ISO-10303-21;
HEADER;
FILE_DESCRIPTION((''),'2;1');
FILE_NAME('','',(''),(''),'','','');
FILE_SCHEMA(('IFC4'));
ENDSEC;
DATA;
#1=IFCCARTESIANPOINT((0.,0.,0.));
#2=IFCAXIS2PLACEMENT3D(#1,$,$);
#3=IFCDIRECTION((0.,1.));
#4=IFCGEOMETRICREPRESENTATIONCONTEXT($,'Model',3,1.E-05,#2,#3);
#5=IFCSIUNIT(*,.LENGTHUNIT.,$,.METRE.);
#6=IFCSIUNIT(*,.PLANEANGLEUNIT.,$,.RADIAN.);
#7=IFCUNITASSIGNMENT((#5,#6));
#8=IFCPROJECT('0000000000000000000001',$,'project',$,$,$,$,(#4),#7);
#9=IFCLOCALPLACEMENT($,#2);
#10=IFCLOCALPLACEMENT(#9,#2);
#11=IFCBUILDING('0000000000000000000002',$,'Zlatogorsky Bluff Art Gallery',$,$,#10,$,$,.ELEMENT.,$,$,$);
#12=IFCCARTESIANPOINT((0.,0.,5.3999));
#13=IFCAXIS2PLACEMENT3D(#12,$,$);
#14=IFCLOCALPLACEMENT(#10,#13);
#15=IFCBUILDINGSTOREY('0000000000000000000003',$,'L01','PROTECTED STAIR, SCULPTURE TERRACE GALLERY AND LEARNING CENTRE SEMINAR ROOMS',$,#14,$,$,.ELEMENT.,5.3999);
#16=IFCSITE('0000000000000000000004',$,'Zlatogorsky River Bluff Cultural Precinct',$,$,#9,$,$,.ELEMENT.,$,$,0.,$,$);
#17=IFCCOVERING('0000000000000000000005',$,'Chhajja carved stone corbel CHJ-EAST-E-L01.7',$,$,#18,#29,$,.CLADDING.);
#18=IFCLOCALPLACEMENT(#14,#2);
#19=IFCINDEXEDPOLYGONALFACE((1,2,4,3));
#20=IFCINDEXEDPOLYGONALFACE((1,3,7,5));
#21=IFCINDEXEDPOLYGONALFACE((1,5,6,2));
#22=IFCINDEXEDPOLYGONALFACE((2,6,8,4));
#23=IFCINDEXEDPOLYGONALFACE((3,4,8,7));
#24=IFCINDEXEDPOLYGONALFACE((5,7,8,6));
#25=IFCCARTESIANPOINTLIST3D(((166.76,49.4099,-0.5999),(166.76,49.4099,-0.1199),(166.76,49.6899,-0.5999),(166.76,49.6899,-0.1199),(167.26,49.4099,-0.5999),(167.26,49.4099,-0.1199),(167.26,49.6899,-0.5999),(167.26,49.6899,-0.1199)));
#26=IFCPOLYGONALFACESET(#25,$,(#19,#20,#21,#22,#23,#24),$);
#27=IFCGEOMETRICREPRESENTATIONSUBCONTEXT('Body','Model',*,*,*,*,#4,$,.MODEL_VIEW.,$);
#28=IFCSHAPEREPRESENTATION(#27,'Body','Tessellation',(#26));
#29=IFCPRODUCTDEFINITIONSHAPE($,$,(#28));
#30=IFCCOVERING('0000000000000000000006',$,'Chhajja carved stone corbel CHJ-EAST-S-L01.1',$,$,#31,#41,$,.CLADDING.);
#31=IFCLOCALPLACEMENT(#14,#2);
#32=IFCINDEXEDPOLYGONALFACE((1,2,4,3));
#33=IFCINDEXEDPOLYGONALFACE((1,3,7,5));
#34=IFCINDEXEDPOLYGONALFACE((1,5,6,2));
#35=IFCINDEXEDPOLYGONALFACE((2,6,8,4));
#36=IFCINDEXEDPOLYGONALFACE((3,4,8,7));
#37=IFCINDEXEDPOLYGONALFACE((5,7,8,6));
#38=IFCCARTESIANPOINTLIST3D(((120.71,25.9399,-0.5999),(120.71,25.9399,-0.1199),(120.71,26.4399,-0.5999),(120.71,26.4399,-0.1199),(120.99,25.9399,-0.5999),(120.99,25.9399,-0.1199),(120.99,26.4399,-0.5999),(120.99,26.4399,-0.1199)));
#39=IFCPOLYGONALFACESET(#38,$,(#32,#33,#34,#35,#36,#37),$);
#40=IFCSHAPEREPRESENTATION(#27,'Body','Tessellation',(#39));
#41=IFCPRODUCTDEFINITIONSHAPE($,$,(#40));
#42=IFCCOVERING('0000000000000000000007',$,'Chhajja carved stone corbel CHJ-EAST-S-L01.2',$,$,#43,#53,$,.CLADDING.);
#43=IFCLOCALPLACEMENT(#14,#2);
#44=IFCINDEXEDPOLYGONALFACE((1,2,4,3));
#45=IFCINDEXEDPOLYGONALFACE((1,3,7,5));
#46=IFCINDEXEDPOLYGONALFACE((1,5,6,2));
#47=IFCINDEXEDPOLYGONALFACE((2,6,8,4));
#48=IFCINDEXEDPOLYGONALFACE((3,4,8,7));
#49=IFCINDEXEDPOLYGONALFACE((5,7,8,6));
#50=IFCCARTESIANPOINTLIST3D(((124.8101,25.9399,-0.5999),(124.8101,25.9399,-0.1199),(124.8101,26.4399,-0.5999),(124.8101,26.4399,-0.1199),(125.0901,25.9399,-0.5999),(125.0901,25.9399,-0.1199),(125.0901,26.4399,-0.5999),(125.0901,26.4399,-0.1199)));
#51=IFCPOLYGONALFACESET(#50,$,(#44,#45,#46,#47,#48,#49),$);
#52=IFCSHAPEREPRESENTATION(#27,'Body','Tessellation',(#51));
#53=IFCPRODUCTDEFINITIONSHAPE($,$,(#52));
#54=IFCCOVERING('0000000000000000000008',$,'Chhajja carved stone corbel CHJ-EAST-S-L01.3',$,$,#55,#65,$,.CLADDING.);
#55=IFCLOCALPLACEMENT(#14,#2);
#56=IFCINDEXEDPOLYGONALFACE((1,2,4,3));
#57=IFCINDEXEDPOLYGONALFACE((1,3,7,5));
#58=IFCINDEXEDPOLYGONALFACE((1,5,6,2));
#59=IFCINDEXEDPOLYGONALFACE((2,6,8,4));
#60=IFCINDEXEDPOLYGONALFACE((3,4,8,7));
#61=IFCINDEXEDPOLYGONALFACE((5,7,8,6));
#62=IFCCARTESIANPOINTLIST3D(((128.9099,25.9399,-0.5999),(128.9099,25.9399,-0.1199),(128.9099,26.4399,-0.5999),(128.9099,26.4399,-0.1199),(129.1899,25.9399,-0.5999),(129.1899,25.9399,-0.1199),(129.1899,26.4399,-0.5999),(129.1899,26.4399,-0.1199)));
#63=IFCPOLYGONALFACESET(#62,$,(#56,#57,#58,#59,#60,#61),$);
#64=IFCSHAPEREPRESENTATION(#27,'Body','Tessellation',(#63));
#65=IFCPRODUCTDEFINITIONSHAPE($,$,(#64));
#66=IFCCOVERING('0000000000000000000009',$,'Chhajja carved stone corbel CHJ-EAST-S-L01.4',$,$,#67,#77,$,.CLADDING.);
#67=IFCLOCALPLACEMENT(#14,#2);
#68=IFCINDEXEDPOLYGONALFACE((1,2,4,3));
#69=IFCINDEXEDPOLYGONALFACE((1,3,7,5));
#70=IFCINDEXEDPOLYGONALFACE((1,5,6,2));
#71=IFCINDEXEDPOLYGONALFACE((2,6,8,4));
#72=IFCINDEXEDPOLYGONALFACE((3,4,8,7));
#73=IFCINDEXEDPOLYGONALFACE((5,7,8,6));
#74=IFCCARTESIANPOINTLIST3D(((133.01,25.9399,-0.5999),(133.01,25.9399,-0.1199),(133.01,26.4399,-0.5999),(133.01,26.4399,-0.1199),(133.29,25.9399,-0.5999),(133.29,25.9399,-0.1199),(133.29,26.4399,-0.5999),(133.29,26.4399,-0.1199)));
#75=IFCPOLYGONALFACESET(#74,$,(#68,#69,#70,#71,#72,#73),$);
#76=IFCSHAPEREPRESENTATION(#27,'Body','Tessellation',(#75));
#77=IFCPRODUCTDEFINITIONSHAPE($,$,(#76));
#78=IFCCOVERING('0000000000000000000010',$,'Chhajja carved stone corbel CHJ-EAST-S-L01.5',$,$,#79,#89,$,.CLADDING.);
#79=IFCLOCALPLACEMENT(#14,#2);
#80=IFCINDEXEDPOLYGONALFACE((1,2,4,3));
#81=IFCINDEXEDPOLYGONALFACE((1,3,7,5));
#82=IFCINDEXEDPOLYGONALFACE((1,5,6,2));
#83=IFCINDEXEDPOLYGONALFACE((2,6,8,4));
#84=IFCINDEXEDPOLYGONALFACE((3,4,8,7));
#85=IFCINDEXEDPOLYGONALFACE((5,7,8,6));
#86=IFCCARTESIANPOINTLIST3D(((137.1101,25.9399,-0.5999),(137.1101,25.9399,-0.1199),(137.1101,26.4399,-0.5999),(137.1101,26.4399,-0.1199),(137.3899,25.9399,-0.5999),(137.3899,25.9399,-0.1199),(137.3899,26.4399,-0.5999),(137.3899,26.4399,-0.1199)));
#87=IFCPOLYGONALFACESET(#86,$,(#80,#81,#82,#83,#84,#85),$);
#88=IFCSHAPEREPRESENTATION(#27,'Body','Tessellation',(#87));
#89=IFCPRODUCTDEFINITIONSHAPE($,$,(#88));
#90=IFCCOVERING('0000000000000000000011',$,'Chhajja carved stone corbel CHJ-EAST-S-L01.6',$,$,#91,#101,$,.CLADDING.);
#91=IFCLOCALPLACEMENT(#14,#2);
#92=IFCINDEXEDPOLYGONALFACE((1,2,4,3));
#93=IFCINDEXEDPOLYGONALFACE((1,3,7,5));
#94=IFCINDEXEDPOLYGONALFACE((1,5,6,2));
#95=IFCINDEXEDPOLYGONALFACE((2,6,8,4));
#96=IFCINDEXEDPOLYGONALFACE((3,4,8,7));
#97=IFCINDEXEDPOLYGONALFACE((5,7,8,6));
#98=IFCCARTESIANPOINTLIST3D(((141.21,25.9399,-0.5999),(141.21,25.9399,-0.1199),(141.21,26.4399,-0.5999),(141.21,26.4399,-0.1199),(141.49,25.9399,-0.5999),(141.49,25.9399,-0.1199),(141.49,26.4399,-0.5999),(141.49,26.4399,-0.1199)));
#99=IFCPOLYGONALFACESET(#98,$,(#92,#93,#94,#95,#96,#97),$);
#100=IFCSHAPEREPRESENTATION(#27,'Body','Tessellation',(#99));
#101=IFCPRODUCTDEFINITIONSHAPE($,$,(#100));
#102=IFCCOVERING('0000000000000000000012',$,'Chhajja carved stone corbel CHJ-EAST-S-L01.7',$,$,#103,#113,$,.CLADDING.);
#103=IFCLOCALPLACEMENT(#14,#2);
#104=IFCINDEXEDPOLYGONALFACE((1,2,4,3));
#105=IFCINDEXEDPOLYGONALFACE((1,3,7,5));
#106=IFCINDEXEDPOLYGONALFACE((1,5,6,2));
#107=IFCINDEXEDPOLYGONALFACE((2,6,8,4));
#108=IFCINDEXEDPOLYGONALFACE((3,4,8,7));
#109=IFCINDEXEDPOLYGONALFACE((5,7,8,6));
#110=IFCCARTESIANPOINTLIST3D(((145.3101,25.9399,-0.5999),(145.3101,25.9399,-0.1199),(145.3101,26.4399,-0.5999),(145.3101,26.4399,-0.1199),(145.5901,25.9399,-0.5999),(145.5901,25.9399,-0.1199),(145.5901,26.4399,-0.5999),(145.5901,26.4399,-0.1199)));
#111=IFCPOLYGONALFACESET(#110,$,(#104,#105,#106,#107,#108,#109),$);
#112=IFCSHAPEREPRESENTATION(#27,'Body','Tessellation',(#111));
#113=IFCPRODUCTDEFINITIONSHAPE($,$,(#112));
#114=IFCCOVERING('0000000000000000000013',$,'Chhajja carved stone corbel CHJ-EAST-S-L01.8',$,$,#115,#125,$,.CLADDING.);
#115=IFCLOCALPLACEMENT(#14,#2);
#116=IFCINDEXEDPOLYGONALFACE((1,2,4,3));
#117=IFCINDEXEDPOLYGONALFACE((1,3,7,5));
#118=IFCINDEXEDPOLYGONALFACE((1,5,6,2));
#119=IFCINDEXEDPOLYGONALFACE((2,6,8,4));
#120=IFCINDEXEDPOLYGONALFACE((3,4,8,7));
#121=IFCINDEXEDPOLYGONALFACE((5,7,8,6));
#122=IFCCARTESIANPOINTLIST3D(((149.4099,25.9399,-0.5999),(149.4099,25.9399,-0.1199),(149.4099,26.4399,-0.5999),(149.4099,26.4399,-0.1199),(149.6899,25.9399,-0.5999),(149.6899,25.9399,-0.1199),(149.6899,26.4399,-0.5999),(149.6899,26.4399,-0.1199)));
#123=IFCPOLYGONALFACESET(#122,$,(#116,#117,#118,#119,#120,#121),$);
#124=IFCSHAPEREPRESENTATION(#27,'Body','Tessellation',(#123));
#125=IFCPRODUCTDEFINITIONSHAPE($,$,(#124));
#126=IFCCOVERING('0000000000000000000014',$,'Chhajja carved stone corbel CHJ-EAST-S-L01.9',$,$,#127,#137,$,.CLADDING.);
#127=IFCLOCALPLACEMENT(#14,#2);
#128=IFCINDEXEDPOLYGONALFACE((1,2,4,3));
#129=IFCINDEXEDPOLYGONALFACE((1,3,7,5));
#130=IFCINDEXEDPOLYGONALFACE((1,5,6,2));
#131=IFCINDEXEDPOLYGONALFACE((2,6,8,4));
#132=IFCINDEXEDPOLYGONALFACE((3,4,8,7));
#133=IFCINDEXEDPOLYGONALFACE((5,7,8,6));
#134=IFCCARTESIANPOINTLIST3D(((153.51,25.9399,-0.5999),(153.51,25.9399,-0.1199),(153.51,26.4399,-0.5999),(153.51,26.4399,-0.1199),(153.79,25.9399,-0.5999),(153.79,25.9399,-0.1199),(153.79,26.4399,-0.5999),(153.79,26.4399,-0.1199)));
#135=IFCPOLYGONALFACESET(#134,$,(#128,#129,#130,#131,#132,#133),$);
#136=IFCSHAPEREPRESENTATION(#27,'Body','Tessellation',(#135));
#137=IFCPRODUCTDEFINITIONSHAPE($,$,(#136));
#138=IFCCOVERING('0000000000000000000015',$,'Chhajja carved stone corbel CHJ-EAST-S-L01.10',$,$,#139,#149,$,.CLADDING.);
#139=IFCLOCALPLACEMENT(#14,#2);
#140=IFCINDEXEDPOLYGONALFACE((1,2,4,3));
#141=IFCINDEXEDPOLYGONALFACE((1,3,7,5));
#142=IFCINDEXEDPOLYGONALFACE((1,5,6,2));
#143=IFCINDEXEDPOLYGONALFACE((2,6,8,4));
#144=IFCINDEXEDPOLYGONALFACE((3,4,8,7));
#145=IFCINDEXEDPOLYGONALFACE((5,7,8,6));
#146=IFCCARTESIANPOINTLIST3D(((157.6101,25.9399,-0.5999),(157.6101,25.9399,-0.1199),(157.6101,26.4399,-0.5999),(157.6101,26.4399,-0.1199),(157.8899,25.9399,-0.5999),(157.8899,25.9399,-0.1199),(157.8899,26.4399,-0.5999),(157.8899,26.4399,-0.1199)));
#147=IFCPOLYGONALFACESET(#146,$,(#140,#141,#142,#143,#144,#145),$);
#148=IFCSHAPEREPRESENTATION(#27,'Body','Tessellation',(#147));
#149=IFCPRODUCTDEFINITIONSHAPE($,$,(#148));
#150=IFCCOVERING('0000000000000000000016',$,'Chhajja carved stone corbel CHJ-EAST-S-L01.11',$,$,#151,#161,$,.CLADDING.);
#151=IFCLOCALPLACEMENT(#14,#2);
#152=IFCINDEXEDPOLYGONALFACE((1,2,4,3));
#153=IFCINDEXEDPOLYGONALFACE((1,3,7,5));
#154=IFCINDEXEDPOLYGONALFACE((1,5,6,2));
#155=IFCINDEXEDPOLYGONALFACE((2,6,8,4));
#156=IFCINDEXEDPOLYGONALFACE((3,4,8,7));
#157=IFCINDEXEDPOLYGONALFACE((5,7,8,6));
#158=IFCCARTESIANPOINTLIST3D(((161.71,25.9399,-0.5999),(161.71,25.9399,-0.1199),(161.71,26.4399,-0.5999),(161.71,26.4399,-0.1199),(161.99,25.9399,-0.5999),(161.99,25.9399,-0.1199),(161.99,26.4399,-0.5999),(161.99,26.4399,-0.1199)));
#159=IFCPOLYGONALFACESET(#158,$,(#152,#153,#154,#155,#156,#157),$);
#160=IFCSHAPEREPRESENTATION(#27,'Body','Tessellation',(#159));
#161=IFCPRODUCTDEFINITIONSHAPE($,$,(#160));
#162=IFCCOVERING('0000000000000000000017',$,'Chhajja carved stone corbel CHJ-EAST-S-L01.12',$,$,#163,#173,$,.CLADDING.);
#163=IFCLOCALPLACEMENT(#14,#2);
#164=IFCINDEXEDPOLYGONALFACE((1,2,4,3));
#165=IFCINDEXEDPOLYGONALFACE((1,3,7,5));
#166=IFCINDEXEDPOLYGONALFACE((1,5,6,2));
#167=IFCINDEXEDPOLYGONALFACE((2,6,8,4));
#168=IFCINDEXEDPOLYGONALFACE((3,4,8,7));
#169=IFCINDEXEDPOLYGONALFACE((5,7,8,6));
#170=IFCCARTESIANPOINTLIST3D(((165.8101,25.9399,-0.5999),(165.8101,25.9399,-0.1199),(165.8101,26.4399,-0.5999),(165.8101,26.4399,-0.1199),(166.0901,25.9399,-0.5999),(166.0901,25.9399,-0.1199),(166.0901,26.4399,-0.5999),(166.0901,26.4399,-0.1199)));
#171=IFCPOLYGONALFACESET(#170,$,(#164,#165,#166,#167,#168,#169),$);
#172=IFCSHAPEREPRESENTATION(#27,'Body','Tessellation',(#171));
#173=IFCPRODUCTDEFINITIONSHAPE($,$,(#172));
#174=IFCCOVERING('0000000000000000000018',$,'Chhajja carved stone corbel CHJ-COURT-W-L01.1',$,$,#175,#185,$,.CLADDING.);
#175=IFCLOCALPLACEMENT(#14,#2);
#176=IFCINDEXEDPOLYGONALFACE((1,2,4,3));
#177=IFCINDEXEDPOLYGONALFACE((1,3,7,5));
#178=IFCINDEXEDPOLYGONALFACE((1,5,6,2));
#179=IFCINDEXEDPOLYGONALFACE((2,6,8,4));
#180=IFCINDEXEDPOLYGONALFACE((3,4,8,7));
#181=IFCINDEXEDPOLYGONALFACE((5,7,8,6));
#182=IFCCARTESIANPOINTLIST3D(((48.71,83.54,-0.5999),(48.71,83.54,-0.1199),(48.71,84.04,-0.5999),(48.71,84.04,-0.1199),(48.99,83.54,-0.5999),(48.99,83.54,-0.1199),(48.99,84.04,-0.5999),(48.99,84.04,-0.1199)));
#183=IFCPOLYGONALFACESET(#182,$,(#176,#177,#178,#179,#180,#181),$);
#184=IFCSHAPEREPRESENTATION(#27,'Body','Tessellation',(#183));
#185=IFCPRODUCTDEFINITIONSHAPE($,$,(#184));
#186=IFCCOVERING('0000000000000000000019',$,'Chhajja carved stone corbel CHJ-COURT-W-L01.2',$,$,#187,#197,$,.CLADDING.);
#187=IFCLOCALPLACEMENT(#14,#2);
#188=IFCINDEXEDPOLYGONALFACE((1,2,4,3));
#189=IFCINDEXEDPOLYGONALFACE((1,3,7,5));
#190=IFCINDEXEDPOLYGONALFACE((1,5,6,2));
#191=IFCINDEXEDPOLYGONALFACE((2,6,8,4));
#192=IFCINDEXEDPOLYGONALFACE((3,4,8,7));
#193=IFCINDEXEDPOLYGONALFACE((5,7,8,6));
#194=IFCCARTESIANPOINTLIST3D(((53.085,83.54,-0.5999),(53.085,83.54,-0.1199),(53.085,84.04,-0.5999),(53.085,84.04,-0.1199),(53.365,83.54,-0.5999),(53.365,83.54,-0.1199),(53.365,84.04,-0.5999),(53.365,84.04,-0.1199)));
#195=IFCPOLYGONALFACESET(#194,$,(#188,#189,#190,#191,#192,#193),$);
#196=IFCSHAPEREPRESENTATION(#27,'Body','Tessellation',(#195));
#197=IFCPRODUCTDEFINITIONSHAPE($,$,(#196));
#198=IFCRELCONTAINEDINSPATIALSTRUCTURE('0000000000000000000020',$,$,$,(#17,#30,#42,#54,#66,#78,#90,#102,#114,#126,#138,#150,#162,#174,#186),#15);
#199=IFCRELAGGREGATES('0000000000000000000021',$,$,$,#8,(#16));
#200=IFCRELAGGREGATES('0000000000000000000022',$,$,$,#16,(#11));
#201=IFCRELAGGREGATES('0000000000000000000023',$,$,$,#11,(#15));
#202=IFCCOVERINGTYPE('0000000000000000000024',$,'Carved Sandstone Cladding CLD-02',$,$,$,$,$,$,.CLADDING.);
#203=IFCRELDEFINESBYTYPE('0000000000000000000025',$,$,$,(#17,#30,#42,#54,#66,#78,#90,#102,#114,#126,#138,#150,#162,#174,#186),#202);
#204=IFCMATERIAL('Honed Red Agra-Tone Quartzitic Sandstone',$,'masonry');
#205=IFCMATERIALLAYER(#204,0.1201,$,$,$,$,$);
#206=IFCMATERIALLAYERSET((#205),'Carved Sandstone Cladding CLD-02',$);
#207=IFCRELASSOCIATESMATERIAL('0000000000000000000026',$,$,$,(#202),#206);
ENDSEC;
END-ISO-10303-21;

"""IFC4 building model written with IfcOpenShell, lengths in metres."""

from ifc_helpers import new_model, si_unit, direction, frame, origin, place, context, subcontext, project, spatial, polyline, outline, extrude, material, layer, layer_set, type_object, element, save


model = new_model("IFC4")

# Units and contexts
model_context = context("Model", 3, precision=1e-05, world=origin(), true_north=direction((0.0, 1.0)))
body_context = subcontext(model_context, "Body", "Model", "MODEL_VIEW")
ifc_project = project(units=[si_unit("LENGTHUNIT", "METRE"), si_unit("PLANEANGLEUNIT", "RADIAN")], contexts=[model_context])

# Site, building, storey
site_placement = place(None, origin())
site = spatial("IfcSite", under=ifc_project, at=site_placement, Name="Zlatogorsky River Bluff Cultural Precinct", CompositionType="ELEMENT", RefElevation=0.0)
building_placement = place(site_placement, origin())
building = spatial("IfcBuilding", under=site, at=building_placement, Name="Zlatogorsky Bluff Art Gallery", CompositionType="ELEMENT")
storey_placement = place(building_placement, frame((0.0, 0.0, 5.3999)))
storey = spatial("IfcBuildingStorey", under=building, at=storey_placement, Name="L01", Description="PROTECTED STAIR, SCULPTURE TERRACE GALLERY AND LEARNING CENTRE SEMINAR ROOMS", CompositionType="ELEMENT", Elevation=5.3999)

# Coverings
ifc_material = material(Name="Honed Red Agra-Tone Quartzitic Sandstone", Category="masonry")
ifc_layer = layer(ifc_material, 0.1201)
ifc_layer_set = layer_set([ifc_layer], Name="Carved Sandstone Cladding CLD-02")
covering_type = type_object("IfcCoveringType", Name="Carved Sandstone Cladding CLD-02", PredefinedType="CLADDING", material=ifc_layer_set)
covering_1_placement = place(storey_placement, frame((0.0, 0.0, -0.5999)))
element("IfcCovering", 1, at=covering_1_placement, inside=storey, type_object=covering_type, Name="Chhajja carved stone corbel CHJ-EAST-E-L01.7", PredefinedType="CLADDING", context=body_context, shape_type="SweptSolid", body=[
    extrude(outline(polyline([(166.76, 49.4099), (166.76, 49.6899), (167.26, 49.6899), (167.26, 49.4099), (166.76, 49.4099)])), origin(), (0.0, 0.0, 1.0), 0.48),
])
covering_2_placement = place(storey_placement, frame((0.0, 0.0, -0.5999)))
element("IfcCovering", 2, at=covering_2_placement, inside=storey, type_object=covering_type, Name="Chhajja carved stone corbel CHJ-EAST-S-L01.1", PredefinedType="CLADDING", context=body_context, shape_type="SweptSolid", body=[
    extrude(outline(polyline([(120.71, 25.9399), (120.99, 25.9399), (120.99, 26.4399), (120.71, 26.4399), (120.71, 25.9399)])), origin(), (0.0, 0.0, 1.0), 0.48),
])
covering_3_placement = place(storey_placement, frame((0.0, 0.0, -0.5999)))
element("IfcCovering", 3, at=covering_3_placement, inside=storey, type_object=covering_type, Name="Chhajja carved stone corbel CHJ-EAST-S-L01.2", PredefinedType="CLADDING", context=body_context, shape_type="SweptSolid", body=[
    extrude(outline(polyline([(124.8101, 25.9399), (125.0901, 25.9399), (125.0901, 26.4399), (124.8101, 26.4399), (124.8101, 25.9399)])), origin(), (0.0, 0.0, 1.0), 0.48),
])
covering_4_placement = place(storey_placement, frame((0.0, 0.0, -0.5999)))
element("IfcCovering", 4, at=covering_4_placement, inside=storey, type_object=covering_type, Name="Chhajja carved stone corbel CHJ-EAST-S-L01.3", PredefinedType="CLADDING", context=body_context, shape_type="SweptSolid", body=[
    extrude(outline(polyline([(128.9099, 25.9399), (129.1899, 25.9399), (129.1899, 26.4399), (128.9099, 26.4399), (128.9099, 25.9399)])), origin(), (0.0, 0.0, 1.0), 0.48),
])
covering_5_placement = place(storey_placement, frame((0.0, 0.0, -0.5999)))
element("IfcCovering", 5, at=covering_5_placement, inside=storey, type_object=covering_type, Name="Chhajja carved stone corbel CHJ-EAST-S-L01.4", PredefinedType="CLADDING", context=body_context, shape_type="SweptSolid", body=[
    extrude(outline(polyline([(133.01, 25.9399), (133.29, 25.9399), (133.29, 26.4399), (133.01, 26.4399), (133.01, 25.9399)])), origin(), (0.0, 0.0, 1.0), 0.48),
])
covering_6_placement = place(storey_placement, frame((0.0, 0.0, -0.5999)))
element("IfcCovering", 6, at=covering_6_placement, inside=storey, type_object=covering_type, Name="Chhajja carved stone corbel CHJ-EAST-S-L01.5", PredefinedType="CLADDING", context=body_context, shape_type="SweptSolid", body=[
    extrude(outline(polyline([(137.1101, 25.9399), (137.3899, 25.9399), (137.3899, 26.4399), (137.1101, 26.4399), (137.1101, 25.9399)])), origin(), (0.0, 0.0, 1.0), 0.48),
])
covering_7_placement = place(storey_placement, frame((0.0, 0.0, -0.5999)))
element("IfcCovering", 7, at=covering_7_placement, inside=storey, type_object=covering_type, Name="Chhajja carved stone corbel CHJ-EAST-S-L01.6", PredefinedType="CLADDING", context=body_context, shape_type="SweptSolid", body=[
    extrude(outline(polyline([(141.21, 25.9399), (141.49, 25.9399), (141.49, 26.4399), (141.21, 26.4399), (141.21, 25.9399)])), origin(), (0.0, 0.0, 1.0), 0.48),
])
covering_8_placement = place(storey_placement, frame((0.0, 0.0, -0.5999)))
element("IfcCovering", 8, at=covering_8_placement, inside=storey, type_object=covering_type, Name="Chhajja carved stone corbel CHJ-EAST-S-L01.7", PredefinedType="CLADDING", context=body_context, shape_type="SweptSolid", body=[
    extrude(outline(polyline([(145.3101, 25.9399), (145.5901, 25.9399), (145.5901, 26.4399), (145.3101, 26.4399), (145.3101, 25.9399)])), origin(), (0.0, 0.0, 1.0), 0.48),
])
covering_9_placement = place(storey_placement, frame((0.0, 0.0, -0.5999)))
element("IfcCovering", 9, at=covering_9_placement, inside=storey, type_object=covering_type, Name="Chhajja carved stone corbel CHJ-EAST-S-L01.8", PredefinedType="CLADDING", context=body_context, shape_type="SweptSolid", body=[
    extrude(outline(polyline([(149.4099, 25.9399), (149.6899, 25.9399), (149.6899, 26.4399), (149.4099, 26.4399), (149.4099, 25.9399)])), origin(), (0.0, 0.0, 1.0), 0.48),
])
covering_10_placement = place(storey_placement, frame((0.0, 0.0, -0.5999)))
element("IfcCovering", 10, at=covering_10_placement, inside=storey, type_object=covering_type, Name="Chhajja carved stone corbel CHJ-EAST-S-L01.9", PredefinedType="CLADDING", context=body_context, shape_type="SweptSolid", body=[
    extrude(outline(polyline([(153.51, 25.9399), (153.79, 25.9399), (153.79, 26.4399), (153.51, 26.4399), (153.51, 25.9399)])), origin(), (0.0, 0.0, 1.0), 0.48),
])
covering_11_placement = place(storey_placement, frame((0.0, 0.0, -0.5999)))
element("IfcCovering", 11, at=covering_11_placement, inside=storey, type_object=covering_type, Name="Chhajja carved stone corbel CHJ-EAST-S-L01.10", PredefinedType="CLADDING", context=body_context, shape_type="SweptSolid", body=[
    extrude(outline(polyline([(157.6101, 25.9399), (157.8899, 25.9399), (157.8899, 26.4399), (157.6101, 26.4399), (157.6101, 25.9399)])), origin(), (0.0, 0.0, 1.0), 0.48),
])
covering_12_placement = place(storey_placement, frame((0.0, 0.0, -0.5999)))
element("IfcCovering", 12, at=covering_12_placement, inside=storey, type_object=covering_type, Name="Chhajja carved stone corbel CHJ-EAST-S-L01.11", PredefinedType="CLADDING", context=body_context, shape_type="SweptSolid", body=[
    extrude(outline(polyline([(161.71, 25.9399), (161.99, 25.9399), (161.99, 26.4399), (161.71, 26.4399), (161.71, 25.9399)])), origin(), (0.0, 0.0, 1.0), 0.48),
])
covering_13_placement = place(storey_placement, frame((0.0, 0.0, -0.5999)))
element("IfcCovering", 13, at=covering_13_placement, inside=storey, type_object=covering_type, Name="Chhajja carved stone corbel CHJ-EAST-S-L01.12", PredefinedType="CLADDING", context=body_context, shape_type="SweptSolid", body=[
    extrude(outline(polyline([(165.8101, 25.9399), (166.0901, 25.9399), (166.0901, 26.4399), (165.8101, 26.4399), (165.8101, 25.9399)])), origin(), (0.0, 0.0, 1.0), 0.48),
])
covering_14_placement = place(storey_placement, frame((0.0, 0.0, -0.5999)))
element("IfcCovering", 14, at=covering_14_placement, inside=storey, type_object=covering_type, Name="Chhajja carved stone corbel CHJ-COURT-W-L01.1", PredefinedType="CLADDING", context=body_context, shape_type="SweptSolid", body=[
    extrude(outline(polyline([(48.71, 83.54), (48.99, 83.54), (48.99, 84.04), (48.71, 84.04), (48.71, 83.54)])), origin(), (0.0, 0.0, 1.0), 0.48),
])
covering_15_placement = place(storey_placement, frame((0.0, 0.0, -0.5999)))
element("IfcCovering", 15, at=covering_15_placement, inside=storey, type_object=covering_type, Name="Chhajja carved stone corbel CHJ-COURT-W-L01.2", PredefinedType="CLADDING", context=body_context, shape_type="SweptSolid", body=[
    extrude(outline(polyline([(53.085, 83.54), (53.365, 83.54), (53.365, 84.04), (53.085, 84.04), (53.085, 83.54)])), origin(), (0.0, 0.0, 1.0), 0.48),
])

save(model, "model.ifc")
